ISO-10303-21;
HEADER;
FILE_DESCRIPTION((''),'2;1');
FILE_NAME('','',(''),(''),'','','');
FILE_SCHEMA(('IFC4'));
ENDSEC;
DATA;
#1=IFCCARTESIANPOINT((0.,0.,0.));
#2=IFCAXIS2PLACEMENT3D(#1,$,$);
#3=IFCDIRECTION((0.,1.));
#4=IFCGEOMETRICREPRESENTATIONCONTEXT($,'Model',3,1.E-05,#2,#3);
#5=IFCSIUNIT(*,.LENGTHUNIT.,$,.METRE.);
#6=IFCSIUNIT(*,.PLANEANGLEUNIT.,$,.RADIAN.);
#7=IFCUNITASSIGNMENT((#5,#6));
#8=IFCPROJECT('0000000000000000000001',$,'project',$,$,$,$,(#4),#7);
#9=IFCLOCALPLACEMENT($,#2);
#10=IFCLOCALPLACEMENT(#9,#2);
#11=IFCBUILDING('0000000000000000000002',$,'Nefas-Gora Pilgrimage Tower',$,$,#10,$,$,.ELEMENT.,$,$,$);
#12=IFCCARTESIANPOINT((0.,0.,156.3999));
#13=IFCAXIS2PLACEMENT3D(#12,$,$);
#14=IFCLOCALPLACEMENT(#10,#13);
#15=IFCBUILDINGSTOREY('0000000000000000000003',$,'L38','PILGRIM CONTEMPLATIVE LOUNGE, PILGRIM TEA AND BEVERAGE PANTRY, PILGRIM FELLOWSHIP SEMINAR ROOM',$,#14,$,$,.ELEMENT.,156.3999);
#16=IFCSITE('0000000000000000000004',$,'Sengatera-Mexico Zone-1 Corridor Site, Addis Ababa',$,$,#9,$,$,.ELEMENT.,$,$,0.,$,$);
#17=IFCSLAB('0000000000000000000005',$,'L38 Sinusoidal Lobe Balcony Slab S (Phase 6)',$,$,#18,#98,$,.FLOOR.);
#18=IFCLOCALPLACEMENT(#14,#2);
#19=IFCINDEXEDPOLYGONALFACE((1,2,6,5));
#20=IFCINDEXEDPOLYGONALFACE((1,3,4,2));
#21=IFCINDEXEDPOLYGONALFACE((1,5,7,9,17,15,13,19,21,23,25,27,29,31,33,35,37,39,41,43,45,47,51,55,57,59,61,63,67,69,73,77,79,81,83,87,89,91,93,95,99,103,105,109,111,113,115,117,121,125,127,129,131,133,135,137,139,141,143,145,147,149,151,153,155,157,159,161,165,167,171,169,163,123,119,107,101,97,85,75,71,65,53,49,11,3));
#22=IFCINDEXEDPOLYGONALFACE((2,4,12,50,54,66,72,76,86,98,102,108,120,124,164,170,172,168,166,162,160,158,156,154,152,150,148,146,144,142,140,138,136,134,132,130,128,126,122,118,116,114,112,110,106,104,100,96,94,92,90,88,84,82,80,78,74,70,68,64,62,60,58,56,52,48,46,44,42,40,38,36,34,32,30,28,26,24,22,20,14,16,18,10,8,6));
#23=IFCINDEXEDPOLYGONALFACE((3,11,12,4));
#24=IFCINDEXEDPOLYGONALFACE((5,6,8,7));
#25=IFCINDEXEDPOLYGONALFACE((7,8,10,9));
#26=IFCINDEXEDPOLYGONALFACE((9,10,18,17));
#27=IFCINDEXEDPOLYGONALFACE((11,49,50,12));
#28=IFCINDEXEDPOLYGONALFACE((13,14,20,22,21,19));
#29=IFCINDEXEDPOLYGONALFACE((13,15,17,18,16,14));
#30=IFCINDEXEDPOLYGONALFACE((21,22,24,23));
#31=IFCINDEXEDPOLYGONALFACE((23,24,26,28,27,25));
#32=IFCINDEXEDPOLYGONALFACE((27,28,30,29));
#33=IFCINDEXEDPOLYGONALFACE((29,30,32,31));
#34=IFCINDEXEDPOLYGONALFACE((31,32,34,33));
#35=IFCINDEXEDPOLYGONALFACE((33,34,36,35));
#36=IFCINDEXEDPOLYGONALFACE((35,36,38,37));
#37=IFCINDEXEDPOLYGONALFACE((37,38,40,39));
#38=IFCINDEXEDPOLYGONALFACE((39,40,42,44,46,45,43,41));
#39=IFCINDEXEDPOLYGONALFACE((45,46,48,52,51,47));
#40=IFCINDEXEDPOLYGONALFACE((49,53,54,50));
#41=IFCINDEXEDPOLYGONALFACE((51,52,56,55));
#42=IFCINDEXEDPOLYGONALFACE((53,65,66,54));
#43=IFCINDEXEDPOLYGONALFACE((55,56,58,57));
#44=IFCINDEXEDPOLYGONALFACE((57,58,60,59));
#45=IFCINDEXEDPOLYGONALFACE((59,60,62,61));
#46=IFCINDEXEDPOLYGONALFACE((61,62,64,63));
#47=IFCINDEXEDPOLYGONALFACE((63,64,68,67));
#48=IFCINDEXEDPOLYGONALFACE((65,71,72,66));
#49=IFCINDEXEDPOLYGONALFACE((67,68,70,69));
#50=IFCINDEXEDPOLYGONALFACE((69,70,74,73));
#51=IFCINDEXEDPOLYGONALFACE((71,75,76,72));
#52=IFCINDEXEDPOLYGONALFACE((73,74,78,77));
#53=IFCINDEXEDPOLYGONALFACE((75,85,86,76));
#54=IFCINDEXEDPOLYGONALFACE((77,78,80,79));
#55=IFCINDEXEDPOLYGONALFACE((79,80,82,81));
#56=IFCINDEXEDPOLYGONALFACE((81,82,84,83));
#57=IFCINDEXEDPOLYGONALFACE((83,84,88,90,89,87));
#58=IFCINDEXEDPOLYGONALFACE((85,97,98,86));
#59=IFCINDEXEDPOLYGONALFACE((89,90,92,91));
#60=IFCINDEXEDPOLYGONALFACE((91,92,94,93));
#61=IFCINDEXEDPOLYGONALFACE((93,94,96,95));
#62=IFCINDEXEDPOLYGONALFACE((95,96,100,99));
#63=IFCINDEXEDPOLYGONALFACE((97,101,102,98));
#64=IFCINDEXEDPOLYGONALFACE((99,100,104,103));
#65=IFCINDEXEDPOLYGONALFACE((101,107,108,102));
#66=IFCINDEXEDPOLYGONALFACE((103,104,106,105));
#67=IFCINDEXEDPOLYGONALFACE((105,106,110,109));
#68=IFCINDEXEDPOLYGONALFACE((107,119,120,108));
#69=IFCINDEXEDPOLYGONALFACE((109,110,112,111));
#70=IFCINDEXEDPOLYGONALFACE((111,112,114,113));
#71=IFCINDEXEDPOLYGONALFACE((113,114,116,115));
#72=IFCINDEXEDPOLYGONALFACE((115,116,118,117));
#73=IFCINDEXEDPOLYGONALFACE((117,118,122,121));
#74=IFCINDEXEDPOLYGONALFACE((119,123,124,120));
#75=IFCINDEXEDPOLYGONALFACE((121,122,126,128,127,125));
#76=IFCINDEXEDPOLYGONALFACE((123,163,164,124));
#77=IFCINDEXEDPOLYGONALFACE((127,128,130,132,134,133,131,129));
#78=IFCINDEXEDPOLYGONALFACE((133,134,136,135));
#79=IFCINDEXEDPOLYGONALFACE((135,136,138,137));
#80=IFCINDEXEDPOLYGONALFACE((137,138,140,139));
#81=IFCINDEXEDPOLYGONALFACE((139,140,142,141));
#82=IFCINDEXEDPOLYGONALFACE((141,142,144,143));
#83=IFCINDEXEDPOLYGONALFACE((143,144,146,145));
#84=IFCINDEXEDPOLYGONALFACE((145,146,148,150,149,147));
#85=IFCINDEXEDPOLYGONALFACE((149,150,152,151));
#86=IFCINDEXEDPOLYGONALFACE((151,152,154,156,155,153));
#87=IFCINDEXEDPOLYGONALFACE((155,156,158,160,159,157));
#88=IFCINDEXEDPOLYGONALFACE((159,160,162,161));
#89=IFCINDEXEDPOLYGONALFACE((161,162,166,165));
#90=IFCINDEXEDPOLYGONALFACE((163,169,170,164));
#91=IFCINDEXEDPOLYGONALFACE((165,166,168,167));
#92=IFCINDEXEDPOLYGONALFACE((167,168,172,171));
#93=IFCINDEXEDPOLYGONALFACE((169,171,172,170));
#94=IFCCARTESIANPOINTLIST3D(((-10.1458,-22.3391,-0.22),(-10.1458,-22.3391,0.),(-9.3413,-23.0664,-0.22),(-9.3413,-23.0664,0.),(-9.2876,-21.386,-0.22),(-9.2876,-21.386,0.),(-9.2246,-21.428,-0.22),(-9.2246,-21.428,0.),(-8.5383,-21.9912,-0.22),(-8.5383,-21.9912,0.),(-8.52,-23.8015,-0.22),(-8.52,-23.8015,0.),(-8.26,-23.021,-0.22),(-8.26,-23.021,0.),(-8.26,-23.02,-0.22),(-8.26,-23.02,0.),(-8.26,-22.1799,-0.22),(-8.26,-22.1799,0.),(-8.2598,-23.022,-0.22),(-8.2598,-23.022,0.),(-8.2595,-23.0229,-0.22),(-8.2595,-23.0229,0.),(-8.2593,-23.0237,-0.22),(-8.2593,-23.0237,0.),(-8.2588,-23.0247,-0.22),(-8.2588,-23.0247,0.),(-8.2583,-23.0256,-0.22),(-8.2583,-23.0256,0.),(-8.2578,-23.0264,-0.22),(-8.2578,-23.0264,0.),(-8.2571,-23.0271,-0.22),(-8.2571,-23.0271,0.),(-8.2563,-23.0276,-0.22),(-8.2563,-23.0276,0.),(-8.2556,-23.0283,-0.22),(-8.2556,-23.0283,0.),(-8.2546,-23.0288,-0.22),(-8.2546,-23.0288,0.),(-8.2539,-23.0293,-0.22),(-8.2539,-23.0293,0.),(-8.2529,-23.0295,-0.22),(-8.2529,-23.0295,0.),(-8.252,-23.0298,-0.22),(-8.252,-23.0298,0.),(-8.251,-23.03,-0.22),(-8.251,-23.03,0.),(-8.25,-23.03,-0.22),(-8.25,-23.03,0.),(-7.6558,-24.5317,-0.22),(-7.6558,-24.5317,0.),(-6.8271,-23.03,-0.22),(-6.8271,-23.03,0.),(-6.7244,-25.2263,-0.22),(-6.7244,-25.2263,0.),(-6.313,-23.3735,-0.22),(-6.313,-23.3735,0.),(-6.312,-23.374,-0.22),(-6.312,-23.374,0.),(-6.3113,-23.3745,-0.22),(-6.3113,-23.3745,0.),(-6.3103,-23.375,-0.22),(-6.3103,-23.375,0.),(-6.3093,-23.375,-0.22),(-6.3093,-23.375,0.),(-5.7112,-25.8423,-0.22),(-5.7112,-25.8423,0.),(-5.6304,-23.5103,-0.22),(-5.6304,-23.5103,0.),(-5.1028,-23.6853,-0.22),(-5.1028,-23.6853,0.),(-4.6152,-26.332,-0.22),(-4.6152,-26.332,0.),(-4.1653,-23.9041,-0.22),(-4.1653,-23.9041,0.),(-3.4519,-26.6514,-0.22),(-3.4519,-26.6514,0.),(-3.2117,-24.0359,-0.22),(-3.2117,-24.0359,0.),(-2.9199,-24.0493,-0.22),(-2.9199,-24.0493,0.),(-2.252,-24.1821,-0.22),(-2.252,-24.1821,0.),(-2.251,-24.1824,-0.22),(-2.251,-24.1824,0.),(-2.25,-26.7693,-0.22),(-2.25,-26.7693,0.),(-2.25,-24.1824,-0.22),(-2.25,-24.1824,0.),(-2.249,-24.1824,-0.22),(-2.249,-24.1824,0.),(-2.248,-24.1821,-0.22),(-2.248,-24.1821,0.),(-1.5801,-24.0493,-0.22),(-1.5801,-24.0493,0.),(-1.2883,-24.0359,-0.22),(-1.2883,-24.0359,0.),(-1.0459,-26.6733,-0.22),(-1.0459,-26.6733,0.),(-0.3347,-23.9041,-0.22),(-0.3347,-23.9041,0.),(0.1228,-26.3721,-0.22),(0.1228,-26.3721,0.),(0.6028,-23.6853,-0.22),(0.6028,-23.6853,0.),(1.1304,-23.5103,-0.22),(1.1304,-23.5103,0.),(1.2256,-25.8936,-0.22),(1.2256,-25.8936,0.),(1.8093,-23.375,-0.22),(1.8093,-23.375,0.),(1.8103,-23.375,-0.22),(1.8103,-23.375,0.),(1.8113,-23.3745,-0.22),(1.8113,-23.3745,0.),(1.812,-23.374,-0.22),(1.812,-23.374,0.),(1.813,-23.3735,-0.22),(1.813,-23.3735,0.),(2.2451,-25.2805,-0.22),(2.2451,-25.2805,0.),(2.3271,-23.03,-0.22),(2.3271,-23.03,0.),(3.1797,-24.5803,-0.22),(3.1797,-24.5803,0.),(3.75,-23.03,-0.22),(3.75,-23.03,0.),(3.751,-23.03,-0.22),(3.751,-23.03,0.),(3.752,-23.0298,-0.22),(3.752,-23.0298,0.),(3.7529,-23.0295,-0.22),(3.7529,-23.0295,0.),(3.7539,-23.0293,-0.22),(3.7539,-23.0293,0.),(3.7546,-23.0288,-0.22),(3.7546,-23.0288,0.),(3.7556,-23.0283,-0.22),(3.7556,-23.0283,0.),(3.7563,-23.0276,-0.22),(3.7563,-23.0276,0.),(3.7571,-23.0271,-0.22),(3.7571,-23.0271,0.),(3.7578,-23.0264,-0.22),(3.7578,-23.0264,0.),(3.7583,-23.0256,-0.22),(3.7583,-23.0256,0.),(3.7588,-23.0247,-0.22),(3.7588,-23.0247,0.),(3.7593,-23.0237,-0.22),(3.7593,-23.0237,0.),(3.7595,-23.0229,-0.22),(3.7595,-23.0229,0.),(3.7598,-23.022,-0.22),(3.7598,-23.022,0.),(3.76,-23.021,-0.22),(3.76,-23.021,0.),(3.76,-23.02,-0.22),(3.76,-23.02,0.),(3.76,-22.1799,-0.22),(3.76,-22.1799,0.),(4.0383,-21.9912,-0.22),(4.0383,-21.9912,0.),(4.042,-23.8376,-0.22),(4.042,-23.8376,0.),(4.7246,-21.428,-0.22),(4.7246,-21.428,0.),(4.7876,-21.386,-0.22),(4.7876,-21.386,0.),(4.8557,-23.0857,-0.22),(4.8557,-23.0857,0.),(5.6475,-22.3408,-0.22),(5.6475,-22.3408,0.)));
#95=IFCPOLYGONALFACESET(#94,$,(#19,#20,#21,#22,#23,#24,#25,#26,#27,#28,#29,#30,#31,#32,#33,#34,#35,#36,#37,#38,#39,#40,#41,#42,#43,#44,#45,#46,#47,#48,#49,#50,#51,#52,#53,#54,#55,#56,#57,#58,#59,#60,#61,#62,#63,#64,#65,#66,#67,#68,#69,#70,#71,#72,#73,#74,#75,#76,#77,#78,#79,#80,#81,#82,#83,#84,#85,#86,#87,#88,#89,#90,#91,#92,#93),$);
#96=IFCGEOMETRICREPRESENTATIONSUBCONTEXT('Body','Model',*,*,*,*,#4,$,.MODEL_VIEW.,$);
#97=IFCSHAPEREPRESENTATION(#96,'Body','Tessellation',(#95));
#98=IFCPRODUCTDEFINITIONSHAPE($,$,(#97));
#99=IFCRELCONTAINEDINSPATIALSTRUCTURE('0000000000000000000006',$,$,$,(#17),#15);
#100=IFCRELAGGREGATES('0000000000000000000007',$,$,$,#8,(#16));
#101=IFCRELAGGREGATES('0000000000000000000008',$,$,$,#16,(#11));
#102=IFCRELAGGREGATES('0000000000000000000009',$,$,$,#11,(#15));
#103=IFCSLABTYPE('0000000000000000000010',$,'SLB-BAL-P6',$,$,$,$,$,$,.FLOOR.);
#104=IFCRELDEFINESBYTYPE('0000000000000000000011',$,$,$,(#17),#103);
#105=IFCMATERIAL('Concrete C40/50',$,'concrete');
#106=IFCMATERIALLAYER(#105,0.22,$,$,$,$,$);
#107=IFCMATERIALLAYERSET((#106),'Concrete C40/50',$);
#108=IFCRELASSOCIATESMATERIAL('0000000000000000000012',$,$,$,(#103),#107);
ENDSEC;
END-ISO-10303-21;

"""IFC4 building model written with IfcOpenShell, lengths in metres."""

from ifc_helpers import new_model, si_unit, direction, frame, origin, place, context, subcontext, project, spatial, polyline, outline, extrude, material, layer, layer_set, type_object, element, save


model = new_model("IFC4")

# Units and contexts
model_context = context("Model", 3, precision=1e-05, world=origin(), true_north=direction((0.0, 1.0)))
body_context = subcontext(model_context, "Body", "Model", "MODEL_VIEW")
ifc_project = project(units=[si_unit("LENGTHUNIT", "METRE"), si_unit("PLANEANGLEUNIT", "RADIAN")], contexts=[model_context])

# Site, building, storey
site_placement = place(None, origin())
site = spatial("IfcSite", under=ifc_project, at=site_placement, Name="Sengatera-Mexico Zone-1 Corridor Site, Addis Ababa", CompositionType="ELEMENT", RefElevation=0.0)
building_placement = place(site_placement, origin())
building = spatial("IfcBuilding", under=site, at=building_placement, Name="Nefas-Gora Pilgrimage Tower", CompositionType="ELEMENT")
storey_placement = place(building_placement, frame((0.0, 0.0, 156.3999)))
storey = spatial("IfcBuildingStorey", under=building, at=storey_placement, Name="L38", Description="PILGRIM CONTEMPLATIVE LOUNGE, PILGRIM TEA AND BEVERAGE PANTRY, PILGRIM FELLOWSHIP SEMINAR ROOM", CompositionType="ELEMENT", Elevation=156.3999)

# Slab
ifc_material_1 = material(Name="Concrete C40/50", Category="concrete")
ifc_layer_1 = layer(ifc_material_1, 0.22)
ifc_layer_set_1 = layer_set([ifc_layer_1], Name="Concrete C40/50")
slab_type_1 = type_object("IfcSlabType", Name="SLB-BAL-P6", PredefinedType="FLOOR", material=ifc_layer_set_1)
slab_1_placement = place(storey_placement, frame((0.0, 0.0, -0.22)))
element("IfcSlab", 1, at=slab_1_placement, inside=storey, type_object=slab_type_1, Name="L38 Sinusoidal Lobe Balcony Slab S (Phase 6)", PredefinedType="FLOOR", context=body_context, shape_type="SweptSolid", body=[
    extrude(outline(polyline([(4.7876, -21.386), (4.7246, -21.428), (4.0383, -21.9912), (3.76, -22.1799), (3.76, -23.02), (3.76, -23.021), (3.7598, -23.022), (3.7595, -23.0229), (3.7593, -23.0237), (3.7588, -23.0247), (3.7583, -23.0256), (3.7578, -23.0264), (3.7571, -23.0271), (3.7563, -23.0276), (3.7556, -23.0283), (3.7546, -23.0288), (3.7539, -23.0293), (3.7529, -23.0295), (3.752, -23.0298), (3.751, -23.03), (3.75, -23.03), (2.3271, -23.03), (1.813, -23.3735), (1.812, -23.374), (1.8113, -23.3745), (1.8103, -23.375), (1.8093, -23.375), (1.1304, -23.5103), (0.6028, -23.6853), (-0.3347, -23.9041), (-1.2883, -24.0359), (-1.5801, -24.0493), (-2.248, -24.1821), (-2.249, -24.1824), (-2.25, -24.1824), (-2.251, -24.1824), (-2.252, -24.1821), (-2.9199, -24.0493), (-3.2117, -24.0359), (-4.1653, -23.9041), (-5.1028, -23.6853), (-5.6304, -23.5103), (-6.3093, -23.375), (-6.3103, -23.375), (-6.3113, -23.3745), (-6.312, -23.374), (-6.313, -23.3735), (-6.8271, -23.03), (-8.25, -23.03), (-8.251, -23.03), (-8.252, -23.0298), (-8.2529, -23.0295), (-8.2539, -23.0293), (-8.2546, -23.0288), (-8.2556, -23.0283), (-8.2563, -23.0276), (-8.2571, -23.0271), (-8.2578, -23.0264), (-8.2583, -23.0256), (-8.2588, -23.0247), (-8.2593, -23.0237), (-8.2595, -23.0229), (-8.2598, -23.022), (-8.26, -23.021), (-8.26, -23.02), (-8.26, -22.1799), (-8.5383, -21.9912), (-9.2246, -21.428), (-9.2876, -21.386), (-10.1458, -22.3391), (-9.3413, -23.0664), (-8.52, -23.8015), (-7.6558, -24.5317), (-6.7244, -25.2263), (-5.7112, -25.8423), (-4.6152, -26.332), (-3.4519, -26.6514), (-2.25, -26.7693), (-1.0459, -26.6733), (0.1228, -26.3721), (1.2256, -25.8936), (2.2451, -25.2805), (3.1797, -24.5803), (4.042, -23.8376), (4.8557, -23.0857), (5.6475, -22.3408), (4.7876, -21.386)])), origin(), (0.0, 0.0, 1.0), 0.22),
])

save(model, "model.ifc")
